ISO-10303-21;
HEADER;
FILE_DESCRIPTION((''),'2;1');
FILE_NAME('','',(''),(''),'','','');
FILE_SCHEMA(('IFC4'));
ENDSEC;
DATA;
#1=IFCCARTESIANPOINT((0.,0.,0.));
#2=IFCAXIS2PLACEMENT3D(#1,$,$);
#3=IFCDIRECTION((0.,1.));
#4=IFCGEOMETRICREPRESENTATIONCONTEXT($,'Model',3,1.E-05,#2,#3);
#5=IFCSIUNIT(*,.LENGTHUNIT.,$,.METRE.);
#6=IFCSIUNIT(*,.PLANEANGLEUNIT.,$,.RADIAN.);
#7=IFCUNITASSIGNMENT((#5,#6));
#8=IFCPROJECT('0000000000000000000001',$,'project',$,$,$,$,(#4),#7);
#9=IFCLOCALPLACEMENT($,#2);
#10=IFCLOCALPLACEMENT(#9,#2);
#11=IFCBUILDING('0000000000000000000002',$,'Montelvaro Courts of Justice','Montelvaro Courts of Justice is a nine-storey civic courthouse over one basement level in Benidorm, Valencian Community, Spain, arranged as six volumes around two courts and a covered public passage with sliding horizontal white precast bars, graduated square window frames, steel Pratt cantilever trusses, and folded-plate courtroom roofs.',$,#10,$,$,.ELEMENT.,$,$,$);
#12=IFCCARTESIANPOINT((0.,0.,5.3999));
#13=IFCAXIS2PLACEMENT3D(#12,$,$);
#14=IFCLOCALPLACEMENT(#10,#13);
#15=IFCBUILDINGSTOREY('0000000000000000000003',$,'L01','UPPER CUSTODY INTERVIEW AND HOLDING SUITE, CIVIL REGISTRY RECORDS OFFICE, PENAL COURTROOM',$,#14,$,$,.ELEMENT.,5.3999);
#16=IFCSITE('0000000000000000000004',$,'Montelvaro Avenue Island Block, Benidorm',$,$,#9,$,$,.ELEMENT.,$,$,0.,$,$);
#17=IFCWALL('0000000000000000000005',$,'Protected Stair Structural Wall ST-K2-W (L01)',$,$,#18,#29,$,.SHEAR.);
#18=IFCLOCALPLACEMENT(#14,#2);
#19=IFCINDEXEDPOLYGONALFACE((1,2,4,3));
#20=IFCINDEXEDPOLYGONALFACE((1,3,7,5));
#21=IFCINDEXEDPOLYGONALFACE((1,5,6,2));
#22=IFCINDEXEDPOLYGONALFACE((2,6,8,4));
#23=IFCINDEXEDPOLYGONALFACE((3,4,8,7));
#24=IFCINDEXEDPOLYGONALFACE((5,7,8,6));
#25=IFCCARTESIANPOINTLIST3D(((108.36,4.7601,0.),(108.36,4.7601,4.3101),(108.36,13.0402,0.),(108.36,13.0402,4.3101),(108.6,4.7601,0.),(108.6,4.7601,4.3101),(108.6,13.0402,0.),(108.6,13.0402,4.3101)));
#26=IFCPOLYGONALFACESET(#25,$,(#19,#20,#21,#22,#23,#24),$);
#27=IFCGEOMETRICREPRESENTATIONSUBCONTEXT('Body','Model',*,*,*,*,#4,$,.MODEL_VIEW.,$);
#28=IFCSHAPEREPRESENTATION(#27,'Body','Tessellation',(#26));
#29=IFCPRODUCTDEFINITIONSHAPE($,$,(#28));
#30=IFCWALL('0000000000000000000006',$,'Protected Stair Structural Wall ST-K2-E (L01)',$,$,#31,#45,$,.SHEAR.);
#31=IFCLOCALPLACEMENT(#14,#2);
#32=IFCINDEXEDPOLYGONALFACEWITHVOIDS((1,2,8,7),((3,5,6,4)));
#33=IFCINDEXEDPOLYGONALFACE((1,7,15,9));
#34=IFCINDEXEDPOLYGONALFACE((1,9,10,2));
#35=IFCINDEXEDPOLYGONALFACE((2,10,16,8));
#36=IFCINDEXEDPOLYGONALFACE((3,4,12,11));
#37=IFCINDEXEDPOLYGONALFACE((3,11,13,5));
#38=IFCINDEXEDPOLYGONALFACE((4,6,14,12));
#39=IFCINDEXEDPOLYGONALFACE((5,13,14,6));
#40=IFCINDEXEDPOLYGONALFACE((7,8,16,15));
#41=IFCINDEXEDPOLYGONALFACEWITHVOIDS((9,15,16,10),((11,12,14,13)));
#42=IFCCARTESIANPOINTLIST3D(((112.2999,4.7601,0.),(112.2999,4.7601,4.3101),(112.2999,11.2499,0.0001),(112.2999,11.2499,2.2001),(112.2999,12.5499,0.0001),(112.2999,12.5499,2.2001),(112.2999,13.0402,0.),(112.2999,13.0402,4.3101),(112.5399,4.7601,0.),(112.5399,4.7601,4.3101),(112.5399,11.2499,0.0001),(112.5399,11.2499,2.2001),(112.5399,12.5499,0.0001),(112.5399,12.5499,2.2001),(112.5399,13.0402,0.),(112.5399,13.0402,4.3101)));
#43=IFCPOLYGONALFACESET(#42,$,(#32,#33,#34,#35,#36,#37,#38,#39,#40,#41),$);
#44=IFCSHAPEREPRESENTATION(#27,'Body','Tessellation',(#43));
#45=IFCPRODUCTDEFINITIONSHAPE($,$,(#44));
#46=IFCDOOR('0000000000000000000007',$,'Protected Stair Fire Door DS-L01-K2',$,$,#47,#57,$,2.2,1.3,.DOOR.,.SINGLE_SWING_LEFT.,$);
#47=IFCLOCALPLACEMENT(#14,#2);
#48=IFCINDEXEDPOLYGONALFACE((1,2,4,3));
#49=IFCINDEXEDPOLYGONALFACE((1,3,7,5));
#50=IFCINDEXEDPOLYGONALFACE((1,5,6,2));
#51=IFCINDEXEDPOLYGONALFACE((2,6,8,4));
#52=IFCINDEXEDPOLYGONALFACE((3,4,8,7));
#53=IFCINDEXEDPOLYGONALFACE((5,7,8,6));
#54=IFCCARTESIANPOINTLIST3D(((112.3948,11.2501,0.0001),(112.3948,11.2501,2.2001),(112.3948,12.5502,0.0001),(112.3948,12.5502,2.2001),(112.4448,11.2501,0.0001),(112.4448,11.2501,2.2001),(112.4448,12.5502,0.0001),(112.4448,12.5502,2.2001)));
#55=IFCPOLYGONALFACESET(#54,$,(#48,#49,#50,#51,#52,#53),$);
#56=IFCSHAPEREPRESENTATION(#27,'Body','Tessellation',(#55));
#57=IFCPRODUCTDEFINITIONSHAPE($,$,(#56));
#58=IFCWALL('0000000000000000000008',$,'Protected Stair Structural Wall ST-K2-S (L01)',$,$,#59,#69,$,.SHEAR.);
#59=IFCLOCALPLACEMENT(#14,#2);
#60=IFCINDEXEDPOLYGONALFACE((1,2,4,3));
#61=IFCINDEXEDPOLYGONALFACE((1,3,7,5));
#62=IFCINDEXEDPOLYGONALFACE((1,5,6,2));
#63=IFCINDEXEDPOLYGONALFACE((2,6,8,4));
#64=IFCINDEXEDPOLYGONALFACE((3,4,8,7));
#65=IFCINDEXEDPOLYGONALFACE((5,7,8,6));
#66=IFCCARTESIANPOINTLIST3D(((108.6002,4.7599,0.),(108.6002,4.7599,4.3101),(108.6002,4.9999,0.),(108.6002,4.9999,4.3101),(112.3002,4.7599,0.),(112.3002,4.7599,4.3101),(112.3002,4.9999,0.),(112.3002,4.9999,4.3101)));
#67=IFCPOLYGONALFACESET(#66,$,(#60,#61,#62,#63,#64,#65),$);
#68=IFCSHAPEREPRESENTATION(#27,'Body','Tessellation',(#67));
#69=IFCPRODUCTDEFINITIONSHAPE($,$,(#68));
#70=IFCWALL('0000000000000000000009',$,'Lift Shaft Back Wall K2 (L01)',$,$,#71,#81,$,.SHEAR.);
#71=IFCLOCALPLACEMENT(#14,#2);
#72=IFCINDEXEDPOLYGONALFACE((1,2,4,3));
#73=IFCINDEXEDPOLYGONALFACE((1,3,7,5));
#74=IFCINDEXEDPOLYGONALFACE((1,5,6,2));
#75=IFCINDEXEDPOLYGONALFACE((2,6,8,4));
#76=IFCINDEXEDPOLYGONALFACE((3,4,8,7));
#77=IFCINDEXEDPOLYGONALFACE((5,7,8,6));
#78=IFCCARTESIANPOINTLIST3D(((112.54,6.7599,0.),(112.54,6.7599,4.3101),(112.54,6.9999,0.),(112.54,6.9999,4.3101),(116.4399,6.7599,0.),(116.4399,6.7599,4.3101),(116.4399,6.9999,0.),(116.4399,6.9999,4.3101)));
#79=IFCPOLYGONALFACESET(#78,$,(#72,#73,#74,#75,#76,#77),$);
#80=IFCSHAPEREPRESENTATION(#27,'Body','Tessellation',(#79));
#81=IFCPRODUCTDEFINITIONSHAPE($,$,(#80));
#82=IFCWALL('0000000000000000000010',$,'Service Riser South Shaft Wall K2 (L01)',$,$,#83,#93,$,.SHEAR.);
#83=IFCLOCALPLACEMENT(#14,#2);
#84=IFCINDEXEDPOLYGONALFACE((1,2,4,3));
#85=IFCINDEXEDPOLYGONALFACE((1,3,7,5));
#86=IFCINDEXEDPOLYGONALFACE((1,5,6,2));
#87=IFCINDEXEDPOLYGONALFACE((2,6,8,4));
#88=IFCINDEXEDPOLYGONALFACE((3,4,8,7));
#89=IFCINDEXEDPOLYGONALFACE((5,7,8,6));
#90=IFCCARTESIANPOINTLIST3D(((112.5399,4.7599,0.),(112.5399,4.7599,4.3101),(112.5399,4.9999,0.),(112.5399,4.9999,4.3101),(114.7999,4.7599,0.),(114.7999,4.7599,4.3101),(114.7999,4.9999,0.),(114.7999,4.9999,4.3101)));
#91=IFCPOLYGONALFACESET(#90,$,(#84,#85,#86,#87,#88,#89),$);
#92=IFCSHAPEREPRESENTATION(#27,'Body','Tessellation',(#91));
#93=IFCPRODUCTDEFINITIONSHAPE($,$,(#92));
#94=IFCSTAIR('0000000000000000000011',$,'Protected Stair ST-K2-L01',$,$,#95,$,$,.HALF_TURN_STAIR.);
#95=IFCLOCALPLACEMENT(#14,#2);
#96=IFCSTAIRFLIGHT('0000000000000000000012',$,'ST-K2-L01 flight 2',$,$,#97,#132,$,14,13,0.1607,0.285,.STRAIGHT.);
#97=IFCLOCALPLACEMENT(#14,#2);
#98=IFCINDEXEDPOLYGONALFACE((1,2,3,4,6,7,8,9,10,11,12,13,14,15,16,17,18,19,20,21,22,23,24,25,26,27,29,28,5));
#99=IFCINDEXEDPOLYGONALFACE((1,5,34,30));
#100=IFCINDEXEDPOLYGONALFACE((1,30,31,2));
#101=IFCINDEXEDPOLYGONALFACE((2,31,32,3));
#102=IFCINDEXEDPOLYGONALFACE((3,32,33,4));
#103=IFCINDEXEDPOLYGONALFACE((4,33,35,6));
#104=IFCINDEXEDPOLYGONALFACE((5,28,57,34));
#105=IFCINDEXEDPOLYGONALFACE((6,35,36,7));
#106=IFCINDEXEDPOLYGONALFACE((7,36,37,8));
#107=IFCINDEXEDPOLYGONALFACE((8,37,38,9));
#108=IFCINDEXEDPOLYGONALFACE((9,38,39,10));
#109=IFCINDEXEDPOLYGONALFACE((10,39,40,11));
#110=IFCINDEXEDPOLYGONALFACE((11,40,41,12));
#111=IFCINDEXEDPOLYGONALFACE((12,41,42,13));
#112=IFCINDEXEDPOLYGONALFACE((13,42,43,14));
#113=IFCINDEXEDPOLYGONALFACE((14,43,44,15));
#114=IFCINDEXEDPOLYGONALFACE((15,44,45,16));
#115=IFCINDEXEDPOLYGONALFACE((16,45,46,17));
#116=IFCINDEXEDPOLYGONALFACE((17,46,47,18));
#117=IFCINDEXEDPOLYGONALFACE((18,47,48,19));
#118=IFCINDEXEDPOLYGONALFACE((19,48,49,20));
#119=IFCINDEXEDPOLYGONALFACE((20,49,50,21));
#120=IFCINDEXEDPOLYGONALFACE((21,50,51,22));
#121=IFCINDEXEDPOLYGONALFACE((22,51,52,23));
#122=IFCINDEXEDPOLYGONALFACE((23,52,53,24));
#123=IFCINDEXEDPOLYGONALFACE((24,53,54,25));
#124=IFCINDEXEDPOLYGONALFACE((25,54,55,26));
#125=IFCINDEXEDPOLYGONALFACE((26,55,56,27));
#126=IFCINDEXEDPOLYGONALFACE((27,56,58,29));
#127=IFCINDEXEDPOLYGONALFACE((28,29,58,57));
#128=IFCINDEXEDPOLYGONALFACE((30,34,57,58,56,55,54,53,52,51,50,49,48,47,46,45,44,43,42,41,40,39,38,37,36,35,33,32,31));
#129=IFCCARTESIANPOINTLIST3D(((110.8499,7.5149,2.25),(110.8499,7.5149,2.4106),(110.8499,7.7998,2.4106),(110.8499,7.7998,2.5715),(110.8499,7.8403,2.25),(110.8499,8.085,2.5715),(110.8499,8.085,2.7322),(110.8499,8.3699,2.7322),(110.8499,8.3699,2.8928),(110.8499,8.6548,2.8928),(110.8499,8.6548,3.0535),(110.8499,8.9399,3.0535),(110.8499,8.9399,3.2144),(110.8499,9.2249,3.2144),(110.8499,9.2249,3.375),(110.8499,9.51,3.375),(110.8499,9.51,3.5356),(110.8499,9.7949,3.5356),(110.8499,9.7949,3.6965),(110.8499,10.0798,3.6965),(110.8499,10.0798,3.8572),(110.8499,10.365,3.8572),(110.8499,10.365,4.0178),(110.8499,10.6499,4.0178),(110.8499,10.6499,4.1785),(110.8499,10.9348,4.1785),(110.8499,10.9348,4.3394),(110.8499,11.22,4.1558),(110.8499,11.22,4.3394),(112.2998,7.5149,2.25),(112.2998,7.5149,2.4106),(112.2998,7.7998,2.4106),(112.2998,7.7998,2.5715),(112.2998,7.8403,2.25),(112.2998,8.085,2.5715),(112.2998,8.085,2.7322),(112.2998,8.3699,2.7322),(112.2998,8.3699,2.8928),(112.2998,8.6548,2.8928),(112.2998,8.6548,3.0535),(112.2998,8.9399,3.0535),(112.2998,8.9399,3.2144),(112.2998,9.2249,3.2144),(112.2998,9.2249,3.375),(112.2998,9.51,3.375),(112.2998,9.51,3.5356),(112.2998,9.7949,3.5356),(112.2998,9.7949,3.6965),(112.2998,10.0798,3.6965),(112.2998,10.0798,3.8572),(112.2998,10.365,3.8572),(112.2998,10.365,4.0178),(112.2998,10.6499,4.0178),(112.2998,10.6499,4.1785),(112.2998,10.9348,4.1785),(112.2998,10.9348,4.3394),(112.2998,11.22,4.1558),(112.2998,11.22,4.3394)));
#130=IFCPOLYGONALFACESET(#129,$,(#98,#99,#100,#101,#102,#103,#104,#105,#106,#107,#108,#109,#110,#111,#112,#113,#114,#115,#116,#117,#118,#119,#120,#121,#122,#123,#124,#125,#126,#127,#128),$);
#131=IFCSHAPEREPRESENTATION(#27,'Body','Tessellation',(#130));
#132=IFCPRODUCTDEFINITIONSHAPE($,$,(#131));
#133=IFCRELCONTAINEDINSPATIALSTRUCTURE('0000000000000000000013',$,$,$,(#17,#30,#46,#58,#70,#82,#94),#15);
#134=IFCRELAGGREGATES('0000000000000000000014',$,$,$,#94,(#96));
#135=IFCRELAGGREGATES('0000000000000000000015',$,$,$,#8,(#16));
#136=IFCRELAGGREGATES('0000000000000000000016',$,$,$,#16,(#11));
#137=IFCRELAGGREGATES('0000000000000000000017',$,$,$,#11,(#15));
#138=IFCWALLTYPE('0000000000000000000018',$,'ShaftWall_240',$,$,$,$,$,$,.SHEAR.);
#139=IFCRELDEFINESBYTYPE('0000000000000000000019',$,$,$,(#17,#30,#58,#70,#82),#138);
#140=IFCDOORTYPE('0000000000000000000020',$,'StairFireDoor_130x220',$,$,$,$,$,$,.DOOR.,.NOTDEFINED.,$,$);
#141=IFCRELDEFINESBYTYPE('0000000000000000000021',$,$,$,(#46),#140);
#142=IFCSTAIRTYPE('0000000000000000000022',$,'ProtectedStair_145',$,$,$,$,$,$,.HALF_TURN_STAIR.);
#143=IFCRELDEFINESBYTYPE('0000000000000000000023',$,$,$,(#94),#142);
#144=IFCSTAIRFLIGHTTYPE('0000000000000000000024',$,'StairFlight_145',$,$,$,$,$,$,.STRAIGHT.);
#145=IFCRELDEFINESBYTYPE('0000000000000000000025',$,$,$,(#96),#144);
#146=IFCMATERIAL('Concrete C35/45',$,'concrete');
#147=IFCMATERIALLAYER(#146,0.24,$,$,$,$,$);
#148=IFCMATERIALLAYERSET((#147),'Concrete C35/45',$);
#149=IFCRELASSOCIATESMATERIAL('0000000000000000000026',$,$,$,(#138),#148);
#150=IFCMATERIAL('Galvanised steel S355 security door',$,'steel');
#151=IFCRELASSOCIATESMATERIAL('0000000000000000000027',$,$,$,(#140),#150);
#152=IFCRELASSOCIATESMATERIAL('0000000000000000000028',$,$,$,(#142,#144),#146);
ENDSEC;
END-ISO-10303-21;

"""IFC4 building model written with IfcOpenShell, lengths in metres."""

from ifc_helpers import new_model, si_unit, direction, frame, frame_2d, origin, place, context, subcontext, project, spatial, polyline, rectangle, outline, extrude, material, layer, layer_set, type_object, element, fill, aggregate, save


model = new_model("IFC4")

# Units and contexts
model_context = context("Model", 3, precision=1e-05, world=origin(), true_north=direction((0.0, 1.0)))
body_context = subcontext(model_context, "Body", "Model", "MODEL_VIEW")
ifc_project = project(units=[si_unit("LENGTHUNIT", "METRE"), si_unit("PLANEANGLEUNIT", "RADIAN")], contexts=[model_context])

# Site, building, storey
site_placement = place(None, origin())
site = spatial("IfcSite", under=ifc_project, at=site_placement, Name="Montelvaro Avenue Island Block, Benidorm", CompositionType="ELEMENT", RefElevation=0.0)
building_placement = place(site_placement, origin())
building = spatial("IfcBuilding", under=site, at=building_placement, Name="Montelvaro Courts of Justice", Description="Montelvaro Courts of Justice is a nine-storey civic courthouse over one basement level in Benidorm, Valencian Community, Spain, arranged as six volumes around two courts and a covered public passage with sliding horizontal white precast bars, graduated square window frames, steel Pratt cantilever trusses, and folded-plate courtroom roofs.", CompositionType="ELEMENT")
storey_placement = place(building_placement, frame((0.0, 0.0, 5.3999)))
storey = spatial("IfcBuildingStorey", under=building, at=storey_placement, Name="L01", Description="UPPER CUSTODY INTERVIEW AND HOLDING SUITE, CIVIL REGISTRY RECORDS OFFICE, PENAL COURTROOM", CompositionType="ELEMENT", Elevation=5.3999)

# Wall
ifc_material_1 = material(Name="Concrete C35/45", Category="concrete")
ifc_layer_1 = layer(ifc_material_1, 0.24)
ifc_layer_set_1 = layer_set([ifc_layer_1], Name="Concrete C35/45")
wall_type_1 = type_object("IfcWallType", Name="ShaftWall_240", PredefinedType="SHEAR", material=ifc_layer_set_1)
wall_1_placement = place(storey_placement, frame((108.48, 4.76, 0.0), z_axis=(0.0, 0.0, 1.0), x_axis=(0.0, 1.0, 0.0)))
element("IfcWall", 1, at=wall_1_placement, inside=storey, type_object=wall_type_1, Name="Protected Stair Structural Wall ST-K2-W (L01)", PredefinedType="SHEAR", context=body_context, shape_type="SweptSolid", body=[
    extrude(rectangle(XDim=8.28, YDim=0.24, at=frame_2d((4.1401, 0.0))), origin(), (0.0, 0.0, 1.0), 4.3101),
])

# Wall, opening, door
wall_2_placement = place(storey_placement, frame((112.4199, 4.76, 0.0), z_axis=(0.0, 0.0, 1.0), x_axis=(0.0, 1.0, 0.0)))
wall_2 = element("IfcWall", 2, at=wall_2_placement, inside=storey, type_object=wall_type_1, Name="Protected Stair Structural Wall ST-K2-E (L01)", PredefinedType="SHEAR", context=body_context, shape_type="SweptSolid", body=[
    extrude(rectangle(XDim=8.28, YDim=0.24, at=frame_2d((4.1401, 0.0))), origin(), (0.0, 0.0, 1.0), 4.3101),
])
opening_1_placement = place(wall_2_placement, frame((6.49, 0.0, 0.0)))
opening_1 = element("IfcOpeningElement", 3, at=opening_1_placement, cuts=wall_2, PredefinedType="OPENING", context=body_context, shape_type="SweptSolid", body=[
    extrude(rectangle(XDim=1.3, YDim=2.2, at=frame_2d((0.6499, 1.1001))), frame((0.0, 0.1348, 0.0), z_axis=(0.0, -1.0, 0.0), x_axis=(1.0, 0.0, 0.0)), (0.0, 0.0, 1.0), 0.2698),
])
ifc_material_2 = material(Name="Galvanised steel S355 security door", Category="steel")
door_type = type_object("IfcDoorType", Name="StairFireDoor_130x220", OperationType="NOTDEFINED", PredefinedType="DOOR", material=ifc_material_2)
door_placement = place(opening_1_placement, frame((1.3, 0.0, 0.0), z_axis=(0.0, 0.0, 1.0), x_axis=(-1.0, 0.0, 0.0)))
door = element("IfcDoor", 4, at=door_placement, inside=storey, type_object=door_type, Name="Protected Stair Fire Door DS-L01-K2", OperationType="SINGLE_SWING_LEFT", OverallHeight=2.2, OverallWidth=1.3, PredefinedType="DOOR", context=body_context, shape_type="SweptSolid", body=[
    extrude(rectangle(XDim=1.3, YDim=2.2, at=frame_2d((0.6499, 1.1001))), frame((0.0, 0.0249, 0.0), z_axis=(0.0, -1.0, 0.0), x_axis=(1.0, 0.0, 0.0)), (0.0, 0.0, 1.0), 0.05),
])
fill(opening_1, door)

# Walls
wall_3_placement = place(storey_placement, frame((108.6001, 4.8799, 0.0), z_axis=(0.0, 0.0, 1.0), x_axis=(1.0, 0.0, 0.0)))
element("IfcWall", 5, at=wall_3_placement, inside=storey, type_object=wall_type_1, Name="Protected Stair Structural Wall ST-K2-S (L01)", PredefinedType="SHEAR", context=body_context, shape_type="SweptSolid", body=[
    extrude(rectangle(XDim=3.7, YDim=0.24, at=frame_2d((1.8501, 0.0))), origin(), (0.0, 0.0, 1.0), 4.3101),
])
wall_4_placement = place(storey_placement, frame((112.54, 6.8799, 0.0), z_axis=(0.0, 0.0, 1.0), x_axis=(1.0, 0.0, 0.0)))
element("IfcWall", 6, at=wall_4_placement, inside=storey, type_object=wall_type_1, Name="Lift Shaft Back Wall K2 (L01)", PredefinedType="SHEAR", context=body_context, shape_type="SweptSolid", body=[
    extrude(rectangle(XDim=3.8999, YDim=0.24, at=frame_2d((1.95, 0.0))), origin(), (0.0, 0.0, 1.0), 4.3101),
])
wall_5_placement = place(storey_placement, frame((112.54, 4.8799, 0.0), z_axis=(0.0, 0.0, 1.0), x_axis=(1.0, 0.0, 0.0)))
element("IfcWall", 7, at=wall_5_placement, inside=storey, type_object=wall_type_1, Name="Service Riser South Shaft Wall K2 (L01)", PredefinedType="SHEAR", context=body_context, shape_type="SweptSolid", body=[
    extrude(rectangle(XDim=2.26, YDim=0.24, at=frame_2d((1.1299, 0.0))), origin(), (0.0, 0.0, 1.0), 4.3101),
])

# Stair, stair flight
stair_type = type_object("IfcStairType", Name="ProtectedStair_145", PredefinedType="HALF_TURN_STAIR", material=ifc_material_1)
stair_placement = place(storey_placement, origin())
stair = element("IfcStair", 8, at=stair_placement, inside=storey, type_object=stair_type, Name="Protected Stair ST-K2-L01", PredefinedType="HALF_TURN_STAIR")
stair_flight_type = type_object("IfcStairFlightType", Name="StairFlight_145", PredefinedType="STRAIGHT", material=ifc_material_1)
stair_flight_placement = place(storey_placement, frame((111.575, 7.5149, 2.25), z_axis=(0.0, 0.0, 1.0), x_axis=(0.0, 1.0, 0.0)))
stair_flight = element("IfcStairFlight", 9, at=stair_flight_placement, type_object=stair_flight_type, Name="ST-K2-L01 flight 2", NumberOfRisers=14, NumberOfTreads=13, PredefinedType="STRAIGHT", RiserHeight=0.1607, TreadLength=0.285, context=body_context, shape_type="SweptSolid", body=[
    extrude(outline(polyline([(0.0, 0.0), (0.0, 0.1606), (0.2849, 0.1606), (0.2849, 0.3215), (0.5701, 0.3215), (0.5701, 0.4822), (0.855, 0.4822), (0.855, 0.6428), (1.1399, 0.6428), (1.1399, 0.8035), (1.425, 0.8035), (1.425, 0.9644), (1.71, 0.9644), (1.71, 1.125), (1.9951, 1.125), (1.9951, 1.2856), (2.28, 1.2856), (2.28, 1.4465), (2.5649, 1.4465), (2.5649, 1.6072), (2.8501, 1.6072), (2.8501, 1.7678), (3.135, 1.7678), (3.135, 1.9285), (3.4199, 1.9285), (3.4199, 2.0894), (3.7051, 2.0894), (3.7051, 2.25), (3.7051, 1.9058), (0.3254, 0.0), (0.0, 0.0)])), frame((0.0, 0.7251, 0.0), z_axis=(0.0, -1.0, 0.0), x_axis=(1.0, 0.0, 0.0)), (0.0, 0.0, 1.0), 1.45),
])
aggregate(stair, [stair_flight])

save(model, "model.ifc")
